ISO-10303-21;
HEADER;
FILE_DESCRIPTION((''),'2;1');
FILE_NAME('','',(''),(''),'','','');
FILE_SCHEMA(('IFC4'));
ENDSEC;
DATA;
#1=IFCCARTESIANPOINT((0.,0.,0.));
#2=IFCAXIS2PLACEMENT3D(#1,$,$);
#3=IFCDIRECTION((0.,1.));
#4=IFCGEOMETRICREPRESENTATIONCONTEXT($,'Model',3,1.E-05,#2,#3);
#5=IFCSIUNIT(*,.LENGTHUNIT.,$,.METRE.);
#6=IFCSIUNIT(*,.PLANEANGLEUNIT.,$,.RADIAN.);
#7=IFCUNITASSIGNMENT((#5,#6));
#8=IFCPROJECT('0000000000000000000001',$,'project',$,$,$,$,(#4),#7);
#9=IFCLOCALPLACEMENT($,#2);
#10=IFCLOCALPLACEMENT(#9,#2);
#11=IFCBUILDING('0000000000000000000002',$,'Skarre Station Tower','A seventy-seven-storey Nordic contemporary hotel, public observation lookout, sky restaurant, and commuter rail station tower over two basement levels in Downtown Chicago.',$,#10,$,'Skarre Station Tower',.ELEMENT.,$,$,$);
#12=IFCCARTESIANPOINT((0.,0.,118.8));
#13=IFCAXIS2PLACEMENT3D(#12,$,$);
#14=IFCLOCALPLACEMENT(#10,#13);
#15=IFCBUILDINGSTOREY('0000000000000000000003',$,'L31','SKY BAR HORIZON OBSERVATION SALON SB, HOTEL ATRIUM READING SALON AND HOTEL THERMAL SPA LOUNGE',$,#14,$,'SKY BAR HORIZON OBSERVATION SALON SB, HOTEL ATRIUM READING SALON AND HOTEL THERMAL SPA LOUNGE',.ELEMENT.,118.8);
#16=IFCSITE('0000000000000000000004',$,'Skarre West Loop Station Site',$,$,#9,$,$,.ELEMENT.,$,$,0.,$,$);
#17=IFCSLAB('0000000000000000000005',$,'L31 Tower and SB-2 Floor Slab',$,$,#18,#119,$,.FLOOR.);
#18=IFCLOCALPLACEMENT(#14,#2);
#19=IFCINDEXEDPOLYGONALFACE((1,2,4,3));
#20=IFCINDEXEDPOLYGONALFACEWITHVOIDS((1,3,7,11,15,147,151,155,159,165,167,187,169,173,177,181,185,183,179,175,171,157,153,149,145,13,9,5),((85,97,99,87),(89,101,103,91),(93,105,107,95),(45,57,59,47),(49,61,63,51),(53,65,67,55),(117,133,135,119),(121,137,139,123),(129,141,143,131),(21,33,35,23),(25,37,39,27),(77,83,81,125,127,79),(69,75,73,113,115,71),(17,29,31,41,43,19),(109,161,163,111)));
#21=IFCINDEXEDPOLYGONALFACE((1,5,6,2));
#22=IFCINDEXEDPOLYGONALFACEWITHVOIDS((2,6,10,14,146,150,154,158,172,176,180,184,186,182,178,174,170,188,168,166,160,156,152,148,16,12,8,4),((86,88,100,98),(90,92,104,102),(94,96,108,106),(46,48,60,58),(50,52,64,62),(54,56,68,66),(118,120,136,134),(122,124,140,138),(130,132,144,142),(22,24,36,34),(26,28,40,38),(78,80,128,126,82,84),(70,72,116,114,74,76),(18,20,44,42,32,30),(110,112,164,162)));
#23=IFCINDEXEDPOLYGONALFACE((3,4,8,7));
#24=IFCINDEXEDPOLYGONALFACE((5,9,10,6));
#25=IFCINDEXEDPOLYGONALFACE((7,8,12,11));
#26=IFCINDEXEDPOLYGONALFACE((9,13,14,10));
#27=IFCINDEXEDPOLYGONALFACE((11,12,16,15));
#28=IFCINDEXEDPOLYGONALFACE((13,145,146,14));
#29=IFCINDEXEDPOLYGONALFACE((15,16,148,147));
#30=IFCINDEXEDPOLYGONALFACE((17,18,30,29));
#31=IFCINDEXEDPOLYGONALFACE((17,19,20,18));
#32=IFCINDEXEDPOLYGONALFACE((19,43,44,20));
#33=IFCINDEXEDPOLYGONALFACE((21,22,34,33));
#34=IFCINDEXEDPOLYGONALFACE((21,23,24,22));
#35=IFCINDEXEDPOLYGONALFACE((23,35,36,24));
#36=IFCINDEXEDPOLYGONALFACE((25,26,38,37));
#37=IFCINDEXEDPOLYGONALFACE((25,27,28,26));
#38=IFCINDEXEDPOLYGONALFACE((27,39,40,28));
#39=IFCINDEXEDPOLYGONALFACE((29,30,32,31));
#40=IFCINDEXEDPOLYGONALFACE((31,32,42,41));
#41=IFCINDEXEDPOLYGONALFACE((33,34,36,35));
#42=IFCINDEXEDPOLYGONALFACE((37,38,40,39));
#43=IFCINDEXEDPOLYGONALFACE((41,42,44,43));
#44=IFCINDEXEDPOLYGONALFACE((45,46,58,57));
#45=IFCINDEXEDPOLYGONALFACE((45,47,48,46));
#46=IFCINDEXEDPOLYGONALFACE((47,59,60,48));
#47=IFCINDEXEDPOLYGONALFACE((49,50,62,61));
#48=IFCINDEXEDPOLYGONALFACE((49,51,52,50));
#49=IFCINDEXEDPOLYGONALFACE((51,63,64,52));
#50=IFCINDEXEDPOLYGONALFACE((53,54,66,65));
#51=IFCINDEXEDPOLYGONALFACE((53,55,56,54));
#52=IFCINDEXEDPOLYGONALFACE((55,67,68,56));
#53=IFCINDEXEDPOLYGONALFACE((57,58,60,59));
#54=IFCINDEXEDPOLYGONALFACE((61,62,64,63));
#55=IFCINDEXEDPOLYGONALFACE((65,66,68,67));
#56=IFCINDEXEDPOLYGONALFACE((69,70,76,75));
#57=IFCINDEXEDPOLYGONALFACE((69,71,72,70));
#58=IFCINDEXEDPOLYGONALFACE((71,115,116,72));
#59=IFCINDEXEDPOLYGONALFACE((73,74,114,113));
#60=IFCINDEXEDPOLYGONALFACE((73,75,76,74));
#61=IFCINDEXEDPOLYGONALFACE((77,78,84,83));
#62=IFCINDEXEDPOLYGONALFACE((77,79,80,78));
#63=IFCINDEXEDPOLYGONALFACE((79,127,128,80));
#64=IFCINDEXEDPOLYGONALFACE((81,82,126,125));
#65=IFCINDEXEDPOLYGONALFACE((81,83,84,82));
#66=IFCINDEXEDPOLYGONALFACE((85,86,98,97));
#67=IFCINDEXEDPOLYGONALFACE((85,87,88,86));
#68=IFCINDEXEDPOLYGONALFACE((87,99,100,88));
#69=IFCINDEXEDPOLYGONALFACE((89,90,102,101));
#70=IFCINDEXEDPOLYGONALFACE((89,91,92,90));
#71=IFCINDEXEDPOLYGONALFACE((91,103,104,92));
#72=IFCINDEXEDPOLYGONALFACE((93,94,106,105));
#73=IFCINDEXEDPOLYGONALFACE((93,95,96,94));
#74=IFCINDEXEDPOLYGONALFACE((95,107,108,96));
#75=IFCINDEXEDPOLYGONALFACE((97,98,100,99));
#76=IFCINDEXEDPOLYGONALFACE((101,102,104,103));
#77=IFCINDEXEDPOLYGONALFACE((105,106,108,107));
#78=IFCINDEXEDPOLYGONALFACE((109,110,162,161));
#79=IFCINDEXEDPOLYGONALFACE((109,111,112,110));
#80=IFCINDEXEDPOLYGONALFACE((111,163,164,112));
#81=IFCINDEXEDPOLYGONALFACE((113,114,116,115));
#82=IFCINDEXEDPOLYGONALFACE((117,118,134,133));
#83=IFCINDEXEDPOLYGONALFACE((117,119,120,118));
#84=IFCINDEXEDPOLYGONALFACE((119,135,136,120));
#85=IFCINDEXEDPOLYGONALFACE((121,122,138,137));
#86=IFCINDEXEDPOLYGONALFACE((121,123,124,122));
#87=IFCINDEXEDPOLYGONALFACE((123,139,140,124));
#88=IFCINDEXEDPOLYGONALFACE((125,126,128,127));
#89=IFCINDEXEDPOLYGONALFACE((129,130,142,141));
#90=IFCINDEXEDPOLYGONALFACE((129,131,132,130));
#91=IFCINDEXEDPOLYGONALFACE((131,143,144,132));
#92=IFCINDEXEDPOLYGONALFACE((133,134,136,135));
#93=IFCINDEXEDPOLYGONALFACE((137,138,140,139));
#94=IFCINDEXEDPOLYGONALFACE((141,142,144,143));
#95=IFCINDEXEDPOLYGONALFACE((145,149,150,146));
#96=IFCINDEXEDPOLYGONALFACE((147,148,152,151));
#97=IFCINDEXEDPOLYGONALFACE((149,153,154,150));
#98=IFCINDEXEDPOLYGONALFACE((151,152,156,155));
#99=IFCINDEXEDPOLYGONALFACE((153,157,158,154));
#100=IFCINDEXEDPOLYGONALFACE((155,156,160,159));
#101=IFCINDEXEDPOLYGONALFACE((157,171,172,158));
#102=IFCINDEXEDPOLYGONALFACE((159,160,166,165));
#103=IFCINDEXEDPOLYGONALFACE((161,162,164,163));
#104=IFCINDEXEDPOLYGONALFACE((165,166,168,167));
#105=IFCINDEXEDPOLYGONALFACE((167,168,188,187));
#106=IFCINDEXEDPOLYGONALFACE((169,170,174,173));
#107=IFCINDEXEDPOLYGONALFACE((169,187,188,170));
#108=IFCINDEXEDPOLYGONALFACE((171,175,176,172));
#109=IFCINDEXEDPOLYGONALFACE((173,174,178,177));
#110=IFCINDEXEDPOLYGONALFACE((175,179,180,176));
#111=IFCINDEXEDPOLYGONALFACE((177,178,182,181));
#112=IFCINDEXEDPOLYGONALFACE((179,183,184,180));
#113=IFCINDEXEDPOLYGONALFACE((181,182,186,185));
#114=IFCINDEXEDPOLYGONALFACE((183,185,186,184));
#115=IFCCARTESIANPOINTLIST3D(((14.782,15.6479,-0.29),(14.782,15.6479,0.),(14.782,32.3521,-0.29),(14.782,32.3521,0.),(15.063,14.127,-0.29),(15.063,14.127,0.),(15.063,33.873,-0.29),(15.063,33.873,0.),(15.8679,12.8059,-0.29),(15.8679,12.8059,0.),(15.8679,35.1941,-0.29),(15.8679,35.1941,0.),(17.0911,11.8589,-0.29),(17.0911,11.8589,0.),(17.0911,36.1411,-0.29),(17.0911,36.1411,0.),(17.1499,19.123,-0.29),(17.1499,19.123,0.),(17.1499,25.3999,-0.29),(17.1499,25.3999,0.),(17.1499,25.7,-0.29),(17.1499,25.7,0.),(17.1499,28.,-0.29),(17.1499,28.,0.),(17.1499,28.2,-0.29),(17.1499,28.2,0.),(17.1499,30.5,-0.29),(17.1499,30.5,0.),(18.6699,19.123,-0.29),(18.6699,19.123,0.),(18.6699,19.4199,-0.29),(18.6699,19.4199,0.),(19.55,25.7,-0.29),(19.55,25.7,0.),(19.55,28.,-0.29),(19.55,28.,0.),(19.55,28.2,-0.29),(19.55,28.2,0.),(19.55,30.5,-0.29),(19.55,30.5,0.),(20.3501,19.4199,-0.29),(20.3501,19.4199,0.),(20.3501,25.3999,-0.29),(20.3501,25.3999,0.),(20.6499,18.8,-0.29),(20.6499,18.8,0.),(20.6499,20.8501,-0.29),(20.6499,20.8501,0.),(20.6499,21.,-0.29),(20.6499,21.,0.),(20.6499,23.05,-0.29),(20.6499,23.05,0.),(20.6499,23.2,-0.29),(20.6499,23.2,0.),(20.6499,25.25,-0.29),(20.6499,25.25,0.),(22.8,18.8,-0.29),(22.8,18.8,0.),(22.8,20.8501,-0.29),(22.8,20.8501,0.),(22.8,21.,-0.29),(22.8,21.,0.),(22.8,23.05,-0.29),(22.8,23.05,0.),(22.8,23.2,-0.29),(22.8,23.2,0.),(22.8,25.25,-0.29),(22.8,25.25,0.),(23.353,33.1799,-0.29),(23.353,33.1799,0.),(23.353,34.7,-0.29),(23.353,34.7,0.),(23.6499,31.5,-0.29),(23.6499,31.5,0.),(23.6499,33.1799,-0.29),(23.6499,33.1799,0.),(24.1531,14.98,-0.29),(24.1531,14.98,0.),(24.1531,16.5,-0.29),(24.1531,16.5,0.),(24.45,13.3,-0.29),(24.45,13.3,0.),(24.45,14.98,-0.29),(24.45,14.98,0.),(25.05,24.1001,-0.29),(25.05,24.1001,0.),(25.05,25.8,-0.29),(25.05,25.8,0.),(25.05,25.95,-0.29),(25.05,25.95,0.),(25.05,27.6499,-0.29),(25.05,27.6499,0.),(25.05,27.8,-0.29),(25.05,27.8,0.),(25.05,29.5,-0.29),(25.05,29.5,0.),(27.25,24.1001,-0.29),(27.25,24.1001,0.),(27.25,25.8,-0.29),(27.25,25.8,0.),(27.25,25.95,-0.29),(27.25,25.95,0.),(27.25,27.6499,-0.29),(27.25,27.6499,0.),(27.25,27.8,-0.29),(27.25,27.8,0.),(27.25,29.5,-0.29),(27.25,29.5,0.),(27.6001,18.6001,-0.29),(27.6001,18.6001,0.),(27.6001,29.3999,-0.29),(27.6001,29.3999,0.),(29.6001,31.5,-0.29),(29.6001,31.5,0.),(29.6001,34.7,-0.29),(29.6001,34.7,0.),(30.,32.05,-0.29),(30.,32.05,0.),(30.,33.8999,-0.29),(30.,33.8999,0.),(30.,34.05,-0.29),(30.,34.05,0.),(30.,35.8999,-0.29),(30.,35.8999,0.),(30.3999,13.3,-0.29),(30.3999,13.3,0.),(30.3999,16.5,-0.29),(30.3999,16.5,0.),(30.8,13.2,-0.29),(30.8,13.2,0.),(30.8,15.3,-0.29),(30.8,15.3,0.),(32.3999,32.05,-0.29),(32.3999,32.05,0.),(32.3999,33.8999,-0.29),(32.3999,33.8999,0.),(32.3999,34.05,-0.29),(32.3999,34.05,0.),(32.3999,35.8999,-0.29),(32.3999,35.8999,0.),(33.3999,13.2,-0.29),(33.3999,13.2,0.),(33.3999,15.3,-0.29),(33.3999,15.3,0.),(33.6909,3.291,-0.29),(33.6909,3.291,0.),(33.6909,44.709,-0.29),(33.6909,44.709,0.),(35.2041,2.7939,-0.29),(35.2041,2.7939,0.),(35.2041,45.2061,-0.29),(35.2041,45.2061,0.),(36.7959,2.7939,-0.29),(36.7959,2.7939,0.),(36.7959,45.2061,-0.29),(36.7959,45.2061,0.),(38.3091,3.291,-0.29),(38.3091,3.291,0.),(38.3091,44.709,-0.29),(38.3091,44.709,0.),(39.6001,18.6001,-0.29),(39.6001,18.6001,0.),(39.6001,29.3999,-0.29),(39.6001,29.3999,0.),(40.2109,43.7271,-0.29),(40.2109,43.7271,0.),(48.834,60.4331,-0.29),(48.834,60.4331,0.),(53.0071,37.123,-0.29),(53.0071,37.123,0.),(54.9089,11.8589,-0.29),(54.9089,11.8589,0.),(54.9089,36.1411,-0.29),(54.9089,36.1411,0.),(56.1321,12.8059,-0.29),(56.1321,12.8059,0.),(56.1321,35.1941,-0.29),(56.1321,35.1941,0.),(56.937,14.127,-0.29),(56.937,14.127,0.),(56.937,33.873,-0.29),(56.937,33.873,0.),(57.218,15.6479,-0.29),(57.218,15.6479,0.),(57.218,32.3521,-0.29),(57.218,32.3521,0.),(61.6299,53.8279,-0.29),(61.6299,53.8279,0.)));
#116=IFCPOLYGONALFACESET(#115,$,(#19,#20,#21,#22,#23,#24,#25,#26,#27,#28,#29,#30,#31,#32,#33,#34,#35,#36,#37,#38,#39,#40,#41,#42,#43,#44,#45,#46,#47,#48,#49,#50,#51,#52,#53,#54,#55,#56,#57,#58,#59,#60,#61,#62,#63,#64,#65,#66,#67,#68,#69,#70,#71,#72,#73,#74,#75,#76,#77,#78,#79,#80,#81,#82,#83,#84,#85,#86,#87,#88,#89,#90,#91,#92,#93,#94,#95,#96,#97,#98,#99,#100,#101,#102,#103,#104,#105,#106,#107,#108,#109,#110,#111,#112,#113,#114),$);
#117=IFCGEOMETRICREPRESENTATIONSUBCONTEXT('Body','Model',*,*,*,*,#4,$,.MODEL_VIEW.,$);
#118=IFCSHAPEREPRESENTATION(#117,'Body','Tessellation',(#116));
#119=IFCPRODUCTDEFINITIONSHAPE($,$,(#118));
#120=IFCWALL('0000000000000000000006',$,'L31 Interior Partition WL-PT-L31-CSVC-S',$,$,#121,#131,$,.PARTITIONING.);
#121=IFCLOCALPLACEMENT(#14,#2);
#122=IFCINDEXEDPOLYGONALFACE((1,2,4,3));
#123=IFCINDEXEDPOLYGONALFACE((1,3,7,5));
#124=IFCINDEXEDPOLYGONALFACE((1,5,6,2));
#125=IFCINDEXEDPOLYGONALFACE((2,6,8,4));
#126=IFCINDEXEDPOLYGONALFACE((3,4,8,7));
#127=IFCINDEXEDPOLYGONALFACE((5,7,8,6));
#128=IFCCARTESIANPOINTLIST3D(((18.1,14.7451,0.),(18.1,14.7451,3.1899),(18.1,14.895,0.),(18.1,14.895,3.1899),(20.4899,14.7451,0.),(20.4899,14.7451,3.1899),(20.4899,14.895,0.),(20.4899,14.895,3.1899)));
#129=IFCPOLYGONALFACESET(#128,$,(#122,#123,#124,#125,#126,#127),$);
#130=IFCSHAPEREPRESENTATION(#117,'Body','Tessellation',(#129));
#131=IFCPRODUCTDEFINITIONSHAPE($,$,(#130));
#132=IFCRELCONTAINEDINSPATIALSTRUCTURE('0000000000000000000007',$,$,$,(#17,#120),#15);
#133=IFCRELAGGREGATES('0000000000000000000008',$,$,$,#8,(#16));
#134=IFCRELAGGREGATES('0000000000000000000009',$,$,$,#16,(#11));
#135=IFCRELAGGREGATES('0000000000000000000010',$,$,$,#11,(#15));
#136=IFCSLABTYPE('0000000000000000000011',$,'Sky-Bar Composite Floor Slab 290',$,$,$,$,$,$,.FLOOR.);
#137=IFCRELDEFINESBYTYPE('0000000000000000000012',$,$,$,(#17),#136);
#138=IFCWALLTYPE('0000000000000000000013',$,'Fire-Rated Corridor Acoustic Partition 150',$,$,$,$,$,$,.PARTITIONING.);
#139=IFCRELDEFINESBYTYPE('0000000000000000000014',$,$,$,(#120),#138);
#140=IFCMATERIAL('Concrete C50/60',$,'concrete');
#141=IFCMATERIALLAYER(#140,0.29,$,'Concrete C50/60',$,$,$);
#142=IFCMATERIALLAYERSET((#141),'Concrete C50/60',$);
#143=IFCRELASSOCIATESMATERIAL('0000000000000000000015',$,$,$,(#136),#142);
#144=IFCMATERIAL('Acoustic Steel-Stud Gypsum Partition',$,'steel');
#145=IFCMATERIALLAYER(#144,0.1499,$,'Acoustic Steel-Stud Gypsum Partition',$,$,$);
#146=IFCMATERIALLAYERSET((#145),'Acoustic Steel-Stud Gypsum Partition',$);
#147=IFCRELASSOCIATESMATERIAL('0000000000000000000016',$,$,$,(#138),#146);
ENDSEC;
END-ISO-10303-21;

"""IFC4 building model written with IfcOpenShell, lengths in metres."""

from ifc_helpers import new_model, si_unit, direction, frame, frame_2d, origin, place, context, subcontext, project, spatial, polyline, rectangle, outline, extrude, material, layer, layer_set, type_object, element, save


model = new_model("IFC4")

# Units and contexts
model_context = context("Model", 3, precision=1e-05, world=origin(), true_north=direction((0.0, 1.0)))
body_context = subcontext(model_context, "Body", "Model", "MODEL_VIEW")
ifc_project = project(units=[si_unit("LENGTHUNIT", "METRE"), si_unit("PLANEANGLEUNIT", "RADIAN")], contexts=[model_context])

# Site, building, storey
site_placement = place(None, origin())
site = spatial("IfcSite", under=ifc_project, at=site_placement, Name="Skarre West Loop Station Site", CompositionType="ELEMENT", RefElevation=0.0)
building_placement = place(site_placement, origin())
building = spatial("IfcBuilding", under=site, at=building_placement, Name="Skarre Station Tower", Description="A seventy-seven-storey Nordic contemporary hotel, public observation lookout, sky restaurant, and commuter rail station tower over two basement levels in Downtown Chicago.", LongName="Skarre Station Tower", CompositionType="ELEMENT")
storey_placement = place(building_placement, frame((0.0, 0.0, 118.8)))
storey = spatial("IfcBuildingStorey", under=building, at=storey_placement, Name="L31", Description="SKY BAR HORIZON OBSERVATION SALON SB, HOTEL ATRIUM READING SALON AND HOTEL THERMAL SPA LOUNGE", LongName="SKY BAR HORIZON OBSERVATION SALON SB, HOTEL ATRIUM READING SALON AND HOTEL THERMAL SPA LOUNGE", CompositionType="ELEMENT", Elevation=118.8)

# Slab
ifc_material_1 = material(Name="Concrete C50/60", Category="concrete")
ifc_layer_1 = layer(ifc_material_1, 0.29, Name="Concrete C50/60")
ifc_layer_set_1 = layer_set([ifc_layer_1], Name="Concrete C50/60")
slab_type_1 = type_object("IfcSlabType", Name="Sky-Bar Composite Floor Slab 290", PredefinedType="FLOOR", material=ifc_layer_set_1)
slab_1_placement = place(storey_placement, frame((0.0, 0.0, -0.29)))
element("IfcSlab", 1, at=slab_1_placement, inside=storey, type_object=slab_type_1, Name="L31 Tower and SB-2 Floor Slab", PredefinedType="FLOOR", context=body_context, shape_type="SweptSolid", body=[
    extrude(outline(polyline([(53.0071, 37.123), (61.6299, 53.8279), (48.834, 60.4331), (40.2109, 43.7271), (38.3091, 44.709), (36.7959, 45.2061), (35.2041, 45.2061), (33.6909, 44.709), (17.0911, 36.1411), (15.8679, 35.1941), (15.063, 33.873), (14.782, 32.3521), (14.782, 15.6479), (15.063, 14.127), (15.8679, 12.8059), (17.0911, 11.8589), (33.6909, 3.291), (35.2041, 2.7939), (36.7959, 2.7939), (38.3091, 3.291), (54.9089, 11.8589), (56.1321, 12.8059), (56.937, 14.127), (57.218, 15.6479), (57.218, 32.3521), (56.937, 33.873), (56.1321, 35.1941), (54.9089, 36.1411), (53.0071, 37.123)]), holes=[polyline([(18.6699, 19.4199), (18.6699, 19.123), (17.1499, 19.123), (17.1499, 25.3999), (20.3501, 25.3999), (20.3501, 19.4199), (18.6699, 19.4199)]), polyline([(24.45, 14.98), (24.1531, 14.98), (24.1531, 16.5), (30.3999, 16.5), (30.3999, 13.3), (24.45, 13.3), (24.45, 14.98)]), polyline([(23.6499, 33.1799), (23.353, 33.1799), (23.353, 34.7), (29.6001, 34.7), (29.6001, 31.5), (23.6499, 31.5), (23.6499, 33.1799)]), polyline([(17.1499, 28.0), (19.55, 28.0), (19.55, 25.7), (17.1499, 25.7), (17.1499, 28.0)]), polyline([(17.1499, 30.5), (19.55, 30.5), (19.55, 28.2), (17.1499, 28.2), (17.1499, 30.5)]), polyline([(30.8, 15.3), (33.3999, 15.3), (33.3999, 13.2), (30.8, 13.2), (30.8, 15.3)]), polyline([(25.05, 25.8), (27.25, 25.8), (27.25, 24.1001), (25.05, 24.1001), (25.05, 25.8)]), polyline([(25.05, 27.6499), (27.25, 27.6499), (27.25, 25.95), (25.05, 25.95), (25.05, 27.6499)]), polyline([(25.05, 29.5), (27.25, 29.5), (27.25, 27.8), (25.05, 27.8), (25.05, 29.5)]), polyline([(20.6499, 20.8501), (22.8, 20.8501), (22.8, 18.8), (20.6499, 18.8), (20.6499, 20.8501)]), polyline([(20.6499, 23.05), (22.8, 23.05), (22.8, 21.0), (20.6499, 21.0), (20.6499, 23.05)]), polyline([(20.6499, 25.25), (22.8, 25.25), (22.8, 23.2), (20.6499, 23.2), (20.6499, 25.25)]), polyline([(30.0, 33.8999), (32.3999, 33.8999), (32.3999, 32.05), (30.0, 32.05), (30.0, 33.8999)]), polyline([(30.0, 35.8999), (32.3999, 35.8999), (32.3999, 34.05), (30.0, 34.05), (30.0, 35.8999)]), polyline([(27.6001, 29.3999), (39.6001, 29.3999), (39.6001, 18.6001), (27.6001, 18.6001), (27.6001, 29.3999)])]), origin(), (0.0, 0.0, 1.0), 0.29),
])

# Wall
ifc_material_2 = material(Name="Acoustic Steel-Stud Gypsum Partition", Category="steel")
ifc_layer_2 = layer(ifc_material_2, 0.1499, Name="Acoustic Steel-Stud Gypsum Partition")
ifc_layer_set_2 = layer_set([ifc_layer_2], Name="Acoustic Steel-Stud Gypsum Partition")
wall_type_1 = type_object("IfcWallType", Name="Fire-Rated Corridor Acoustic Partition 150", PredefinedType="PARTITIONING", material=ifc_layer_set_2)
wall_1_placement = place(storey_placement, frame((18.1001, 14.8201, 0.0), z_axis=(0.0, 0.0, 1.0), x_axis=(1.0, 0.0, 0.0)))
element("IfcWall", 2, at=wall_1_placement, inside=storey, type_object=wall_type_1, Name="L31 Interior Partition WL-PT-L31-CSVC-S", PredefinedType="PARTITIONING", context=body_context, shape_type="SweptSolid", body=[
    extrude(rectangle(XDim=2.3899, YDim=0.1499, at=frame_2d((1.1948, 0.0))), origin(), (0.0, 0.0, 1.0), 3.1899),
])

save(model, "model.ifc")
